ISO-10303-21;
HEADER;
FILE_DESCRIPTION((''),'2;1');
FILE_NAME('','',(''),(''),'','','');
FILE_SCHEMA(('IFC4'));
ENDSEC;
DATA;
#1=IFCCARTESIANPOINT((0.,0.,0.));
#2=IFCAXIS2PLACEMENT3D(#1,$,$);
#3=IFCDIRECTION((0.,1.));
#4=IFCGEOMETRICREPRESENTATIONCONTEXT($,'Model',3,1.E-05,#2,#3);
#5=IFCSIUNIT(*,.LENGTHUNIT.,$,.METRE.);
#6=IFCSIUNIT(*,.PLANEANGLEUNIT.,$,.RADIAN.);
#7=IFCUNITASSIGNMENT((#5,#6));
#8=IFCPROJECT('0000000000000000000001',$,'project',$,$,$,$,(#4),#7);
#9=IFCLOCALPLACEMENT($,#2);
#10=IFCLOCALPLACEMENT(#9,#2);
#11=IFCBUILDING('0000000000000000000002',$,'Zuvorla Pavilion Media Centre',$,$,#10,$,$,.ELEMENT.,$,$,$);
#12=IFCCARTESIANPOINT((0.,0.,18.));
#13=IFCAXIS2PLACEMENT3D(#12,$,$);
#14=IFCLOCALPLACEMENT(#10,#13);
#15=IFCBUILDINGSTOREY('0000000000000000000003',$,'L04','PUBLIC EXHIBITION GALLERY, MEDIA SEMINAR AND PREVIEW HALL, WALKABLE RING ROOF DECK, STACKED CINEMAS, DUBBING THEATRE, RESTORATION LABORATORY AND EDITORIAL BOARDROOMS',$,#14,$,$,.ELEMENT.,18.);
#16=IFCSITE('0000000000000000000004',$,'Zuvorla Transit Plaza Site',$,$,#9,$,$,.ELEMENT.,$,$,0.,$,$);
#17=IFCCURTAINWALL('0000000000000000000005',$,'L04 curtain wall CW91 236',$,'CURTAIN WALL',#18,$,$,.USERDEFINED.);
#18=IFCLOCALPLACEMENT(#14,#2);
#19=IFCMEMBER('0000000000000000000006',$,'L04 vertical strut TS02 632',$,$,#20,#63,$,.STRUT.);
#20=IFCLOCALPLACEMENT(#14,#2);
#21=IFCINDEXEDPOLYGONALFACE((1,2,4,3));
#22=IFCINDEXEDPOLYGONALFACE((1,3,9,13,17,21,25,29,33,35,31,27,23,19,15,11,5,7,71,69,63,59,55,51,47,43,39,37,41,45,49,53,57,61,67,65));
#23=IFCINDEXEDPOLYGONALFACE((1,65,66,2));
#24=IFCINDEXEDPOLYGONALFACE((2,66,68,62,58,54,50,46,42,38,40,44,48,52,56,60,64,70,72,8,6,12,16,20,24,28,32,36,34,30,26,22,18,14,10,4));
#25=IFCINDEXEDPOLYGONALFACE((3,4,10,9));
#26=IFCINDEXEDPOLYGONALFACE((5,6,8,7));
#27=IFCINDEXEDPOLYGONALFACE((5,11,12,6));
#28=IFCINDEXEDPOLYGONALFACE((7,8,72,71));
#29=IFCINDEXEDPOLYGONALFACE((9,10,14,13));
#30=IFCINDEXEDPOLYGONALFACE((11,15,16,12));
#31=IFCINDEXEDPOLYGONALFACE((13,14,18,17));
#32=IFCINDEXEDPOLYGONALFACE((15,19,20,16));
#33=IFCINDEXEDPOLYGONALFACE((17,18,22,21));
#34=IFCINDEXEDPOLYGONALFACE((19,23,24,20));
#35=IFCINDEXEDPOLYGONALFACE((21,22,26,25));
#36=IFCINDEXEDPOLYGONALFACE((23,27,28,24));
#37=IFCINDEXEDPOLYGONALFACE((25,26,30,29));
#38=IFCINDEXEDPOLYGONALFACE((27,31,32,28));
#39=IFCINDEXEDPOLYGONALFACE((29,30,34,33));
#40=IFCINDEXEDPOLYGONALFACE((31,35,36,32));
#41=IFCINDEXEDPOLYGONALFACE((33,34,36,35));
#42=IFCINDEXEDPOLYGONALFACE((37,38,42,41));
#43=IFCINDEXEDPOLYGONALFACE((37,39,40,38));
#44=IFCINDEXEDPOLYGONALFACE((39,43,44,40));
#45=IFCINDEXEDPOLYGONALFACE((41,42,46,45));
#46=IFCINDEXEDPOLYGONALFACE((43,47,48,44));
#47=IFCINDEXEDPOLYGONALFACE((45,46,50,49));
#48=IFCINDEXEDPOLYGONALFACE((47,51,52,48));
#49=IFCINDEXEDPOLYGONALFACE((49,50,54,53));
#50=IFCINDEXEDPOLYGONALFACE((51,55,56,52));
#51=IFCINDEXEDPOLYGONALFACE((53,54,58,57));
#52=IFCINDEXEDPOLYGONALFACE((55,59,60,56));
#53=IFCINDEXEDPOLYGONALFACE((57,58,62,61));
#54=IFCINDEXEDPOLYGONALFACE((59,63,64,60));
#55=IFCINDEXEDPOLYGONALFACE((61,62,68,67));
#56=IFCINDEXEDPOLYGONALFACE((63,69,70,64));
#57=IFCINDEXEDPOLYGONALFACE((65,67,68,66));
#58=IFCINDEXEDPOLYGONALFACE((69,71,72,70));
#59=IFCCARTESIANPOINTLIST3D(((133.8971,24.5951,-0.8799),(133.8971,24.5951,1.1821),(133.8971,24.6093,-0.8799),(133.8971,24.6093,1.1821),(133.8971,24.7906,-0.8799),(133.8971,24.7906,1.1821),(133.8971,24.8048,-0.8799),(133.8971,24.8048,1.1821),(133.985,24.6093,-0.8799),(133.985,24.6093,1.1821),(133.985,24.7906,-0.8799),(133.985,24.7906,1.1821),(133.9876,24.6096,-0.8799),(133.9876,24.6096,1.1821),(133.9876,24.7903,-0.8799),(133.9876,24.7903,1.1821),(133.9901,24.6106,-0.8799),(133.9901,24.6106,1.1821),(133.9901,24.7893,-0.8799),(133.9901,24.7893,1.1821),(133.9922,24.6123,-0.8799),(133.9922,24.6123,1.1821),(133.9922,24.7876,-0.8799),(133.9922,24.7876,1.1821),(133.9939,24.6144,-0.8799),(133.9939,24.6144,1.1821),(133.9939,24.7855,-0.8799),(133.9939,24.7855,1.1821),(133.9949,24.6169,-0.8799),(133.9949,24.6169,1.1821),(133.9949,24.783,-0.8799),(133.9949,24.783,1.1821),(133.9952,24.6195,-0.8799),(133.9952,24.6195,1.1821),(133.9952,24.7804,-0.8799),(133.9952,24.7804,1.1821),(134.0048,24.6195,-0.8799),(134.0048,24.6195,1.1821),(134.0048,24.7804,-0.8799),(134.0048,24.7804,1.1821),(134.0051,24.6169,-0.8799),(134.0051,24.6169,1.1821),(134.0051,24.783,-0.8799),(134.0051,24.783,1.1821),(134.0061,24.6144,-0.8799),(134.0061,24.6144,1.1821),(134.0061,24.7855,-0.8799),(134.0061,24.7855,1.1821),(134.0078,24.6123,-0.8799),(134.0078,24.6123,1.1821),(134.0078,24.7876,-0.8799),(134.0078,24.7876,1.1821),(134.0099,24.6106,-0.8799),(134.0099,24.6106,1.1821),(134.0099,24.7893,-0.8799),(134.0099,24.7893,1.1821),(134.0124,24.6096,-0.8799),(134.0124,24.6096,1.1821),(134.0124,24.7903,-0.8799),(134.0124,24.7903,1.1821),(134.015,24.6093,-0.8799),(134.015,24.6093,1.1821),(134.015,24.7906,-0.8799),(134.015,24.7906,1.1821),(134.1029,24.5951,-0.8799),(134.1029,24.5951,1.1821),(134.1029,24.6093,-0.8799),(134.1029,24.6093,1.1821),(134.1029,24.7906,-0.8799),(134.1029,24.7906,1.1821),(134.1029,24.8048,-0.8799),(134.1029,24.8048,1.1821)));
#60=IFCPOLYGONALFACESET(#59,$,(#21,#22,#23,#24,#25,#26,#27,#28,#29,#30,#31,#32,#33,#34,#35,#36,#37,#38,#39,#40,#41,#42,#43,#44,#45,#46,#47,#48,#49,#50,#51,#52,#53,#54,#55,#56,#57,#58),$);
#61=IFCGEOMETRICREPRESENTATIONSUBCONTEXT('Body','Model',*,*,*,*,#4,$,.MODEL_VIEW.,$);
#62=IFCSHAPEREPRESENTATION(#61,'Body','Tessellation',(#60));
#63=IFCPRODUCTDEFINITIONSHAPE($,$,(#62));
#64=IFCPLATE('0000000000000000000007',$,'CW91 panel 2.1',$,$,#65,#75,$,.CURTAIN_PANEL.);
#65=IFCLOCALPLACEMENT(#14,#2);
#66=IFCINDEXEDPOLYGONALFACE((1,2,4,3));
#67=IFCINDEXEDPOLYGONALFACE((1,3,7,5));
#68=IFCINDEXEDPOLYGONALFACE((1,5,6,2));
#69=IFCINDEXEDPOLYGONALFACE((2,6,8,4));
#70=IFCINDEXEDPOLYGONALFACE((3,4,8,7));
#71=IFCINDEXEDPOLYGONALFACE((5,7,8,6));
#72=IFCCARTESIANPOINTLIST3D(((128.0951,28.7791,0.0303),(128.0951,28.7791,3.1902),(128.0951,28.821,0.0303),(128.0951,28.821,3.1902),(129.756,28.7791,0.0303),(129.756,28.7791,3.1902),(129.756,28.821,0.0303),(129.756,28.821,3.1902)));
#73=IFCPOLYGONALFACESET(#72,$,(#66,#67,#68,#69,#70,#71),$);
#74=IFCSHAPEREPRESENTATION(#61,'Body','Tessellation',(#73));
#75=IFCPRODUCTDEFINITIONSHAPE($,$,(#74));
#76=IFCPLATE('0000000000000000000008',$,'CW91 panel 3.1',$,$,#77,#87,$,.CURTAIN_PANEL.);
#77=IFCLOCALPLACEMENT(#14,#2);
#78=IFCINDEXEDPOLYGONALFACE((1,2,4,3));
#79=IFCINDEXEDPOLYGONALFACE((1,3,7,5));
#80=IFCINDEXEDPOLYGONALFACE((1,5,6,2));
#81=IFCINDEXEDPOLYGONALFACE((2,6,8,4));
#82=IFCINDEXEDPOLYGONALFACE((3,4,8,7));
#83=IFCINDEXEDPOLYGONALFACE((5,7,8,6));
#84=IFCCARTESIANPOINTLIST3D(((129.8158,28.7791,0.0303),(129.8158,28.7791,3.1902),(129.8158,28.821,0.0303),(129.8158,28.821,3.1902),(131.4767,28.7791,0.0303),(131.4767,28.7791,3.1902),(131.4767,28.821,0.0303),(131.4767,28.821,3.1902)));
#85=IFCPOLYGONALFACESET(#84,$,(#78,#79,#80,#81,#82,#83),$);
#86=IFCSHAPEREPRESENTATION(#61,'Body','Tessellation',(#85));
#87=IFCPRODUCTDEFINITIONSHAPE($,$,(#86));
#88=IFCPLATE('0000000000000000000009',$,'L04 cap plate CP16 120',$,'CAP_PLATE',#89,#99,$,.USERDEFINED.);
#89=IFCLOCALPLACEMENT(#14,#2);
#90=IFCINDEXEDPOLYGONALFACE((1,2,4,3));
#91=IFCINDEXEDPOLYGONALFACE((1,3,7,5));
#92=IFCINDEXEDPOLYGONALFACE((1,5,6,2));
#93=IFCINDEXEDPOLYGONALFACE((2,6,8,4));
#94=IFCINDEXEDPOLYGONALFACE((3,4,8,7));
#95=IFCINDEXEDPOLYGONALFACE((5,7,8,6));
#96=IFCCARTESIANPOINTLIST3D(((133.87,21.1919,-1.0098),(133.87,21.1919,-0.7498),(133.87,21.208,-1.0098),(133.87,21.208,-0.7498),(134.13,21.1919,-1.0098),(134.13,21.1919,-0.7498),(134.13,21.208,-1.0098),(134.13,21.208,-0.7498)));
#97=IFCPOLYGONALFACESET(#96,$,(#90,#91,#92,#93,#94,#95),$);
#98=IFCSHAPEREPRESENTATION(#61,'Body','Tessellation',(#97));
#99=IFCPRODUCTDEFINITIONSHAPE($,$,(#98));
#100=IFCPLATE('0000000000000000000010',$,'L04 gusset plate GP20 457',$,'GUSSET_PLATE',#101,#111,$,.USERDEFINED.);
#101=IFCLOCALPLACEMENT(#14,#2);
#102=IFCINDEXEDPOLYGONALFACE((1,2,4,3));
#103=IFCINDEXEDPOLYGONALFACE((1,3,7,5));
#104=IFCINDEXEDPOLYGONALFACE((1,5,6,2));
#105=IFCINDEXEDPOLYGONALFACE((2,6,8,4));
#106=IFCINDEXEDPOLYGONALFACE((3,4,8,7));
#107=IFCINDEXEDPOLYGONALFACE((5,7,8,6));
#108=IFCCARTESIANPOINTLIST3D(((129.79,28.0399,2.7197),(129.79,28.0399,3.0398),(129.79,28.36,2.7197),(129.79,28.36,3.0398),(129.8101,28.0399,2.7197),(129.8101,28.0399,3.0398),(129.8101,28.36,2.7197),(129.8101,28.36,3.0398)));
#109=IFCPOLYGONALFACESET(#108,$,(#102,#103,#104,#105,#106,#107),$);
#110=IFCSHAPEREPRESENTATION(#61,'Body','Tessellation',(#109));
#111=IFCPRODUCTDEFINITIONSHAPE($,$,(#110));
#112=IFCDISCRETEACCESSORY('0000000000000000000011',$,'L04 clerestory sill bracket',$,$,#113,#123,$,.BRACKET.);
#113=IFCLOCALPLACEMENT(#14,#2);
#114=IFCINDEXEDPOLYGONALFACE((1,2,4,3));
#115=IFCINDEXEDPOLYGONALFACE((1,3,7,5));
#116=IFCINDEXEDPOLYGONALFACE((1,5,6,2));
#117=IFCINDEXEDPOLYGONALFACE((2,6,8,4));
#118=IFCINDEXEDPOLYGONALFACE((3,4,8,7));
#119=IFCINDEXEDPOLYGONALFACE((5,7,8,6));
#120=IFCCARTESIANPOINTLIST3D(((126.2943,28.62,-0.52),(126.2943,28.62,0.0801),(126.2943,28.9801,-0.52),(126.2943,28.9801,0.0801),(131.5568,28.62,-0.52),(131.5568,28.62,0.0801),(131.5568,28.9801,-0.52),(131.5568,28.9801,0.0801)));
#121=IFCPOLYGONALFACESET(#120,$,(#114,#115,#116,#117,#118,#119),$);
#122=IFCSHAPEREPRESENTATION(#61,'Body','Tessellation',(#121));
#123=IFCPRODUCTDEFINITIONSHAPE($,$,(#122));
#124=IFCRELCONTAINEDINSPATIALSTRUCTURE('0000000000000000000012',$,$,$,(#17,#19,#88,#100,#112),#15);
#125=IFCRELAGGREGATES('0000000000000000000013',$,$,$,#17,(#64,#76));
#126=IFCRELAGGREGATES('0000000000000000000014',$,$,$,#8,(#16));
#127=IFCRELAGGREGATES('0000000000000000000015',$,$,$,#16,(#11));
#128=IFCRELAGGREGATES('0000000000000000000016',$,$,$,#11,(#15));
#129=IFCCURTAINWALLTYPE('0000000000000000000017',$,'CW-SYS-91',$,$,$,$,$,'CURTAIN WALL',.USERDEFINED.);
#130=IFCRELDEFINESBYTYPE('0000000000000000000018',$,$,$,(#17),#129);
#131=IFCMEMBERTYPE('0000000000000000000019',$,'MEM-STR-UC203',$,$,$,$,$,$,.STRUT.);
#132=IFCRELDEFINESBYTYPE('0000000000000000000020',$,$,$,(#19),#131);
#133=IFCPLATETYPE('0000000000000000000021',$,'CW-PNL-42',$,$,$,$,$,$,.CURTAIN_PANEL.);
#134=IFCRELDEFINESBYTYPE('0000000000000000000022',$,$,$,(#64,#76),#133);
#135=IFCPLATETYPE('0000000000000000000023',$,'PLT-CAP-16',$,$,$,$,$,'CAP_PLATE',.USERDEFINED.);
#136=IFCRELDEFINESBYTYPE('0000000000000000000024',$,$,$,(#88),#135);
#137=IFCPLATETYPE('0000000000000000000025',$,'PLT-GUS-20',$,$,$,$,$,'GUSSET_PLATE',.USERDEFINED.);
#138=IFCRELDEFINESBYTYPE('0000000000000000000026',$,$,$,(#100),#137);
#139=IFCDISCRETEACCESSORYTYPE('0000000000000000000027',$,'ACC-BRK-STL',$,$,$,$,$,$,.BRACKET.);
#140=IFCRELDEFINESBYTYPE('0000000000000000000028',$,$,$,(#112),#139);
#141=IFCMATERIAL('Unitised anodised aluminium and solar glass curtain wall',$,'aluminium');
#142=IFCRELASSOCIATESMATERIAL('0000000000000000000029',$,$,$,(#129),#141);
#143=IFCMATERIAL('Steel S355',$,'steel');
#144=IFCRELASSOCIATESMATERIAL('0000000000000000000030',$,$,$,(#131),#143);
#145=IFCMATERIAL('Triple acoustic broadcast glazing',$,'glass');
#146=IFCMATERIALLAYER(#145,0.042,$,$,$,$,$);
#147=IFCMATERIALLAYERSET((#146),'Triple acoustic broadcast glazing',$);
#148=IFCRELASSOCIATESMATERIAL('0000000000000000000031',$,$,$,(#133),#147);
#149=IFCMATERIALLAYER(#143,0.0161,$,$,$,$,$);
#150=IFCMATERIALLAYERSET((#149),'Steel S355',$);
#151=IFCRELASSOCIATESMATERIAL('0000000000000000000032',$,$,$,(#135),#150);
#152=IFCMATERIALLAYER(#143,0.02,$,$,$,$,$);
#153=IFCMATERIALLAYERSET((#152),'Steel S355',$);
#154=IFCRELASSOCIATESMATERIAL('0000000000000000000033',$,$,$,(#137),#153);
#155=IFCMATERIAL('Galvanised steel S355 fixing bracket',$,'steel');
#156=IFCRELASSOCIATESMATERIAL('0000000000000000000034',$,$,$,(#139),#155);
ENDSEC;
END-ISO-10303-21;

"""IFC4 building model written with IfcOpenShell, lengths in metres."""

from ifc_helpers import new_model, si_unit, direction, frame, origin, origin_2d, place, context, subcontext, project, spatial, rectangle, i_section, extrude, material, layer, layer_set, material_profile, profile_set, type_object, element, aggregate, save


model = new_model("IFC4")

# Units and contexts
model_context = context("Model", 3, precision=1e-05, world=origin(), true_north=direction((0.0, 1.0)))
body_context = subcontext(model_context, "Body", "Model", "MODEL_VIEW")
ifc_project = project(units=[si_unit("LENGTHUNIT", "METRE"), si_unit("PLANEANGLEUNIT", "RADIAN")], contexts=[model_context])

# Site, building, storey
site_placement = place(None, origin())
site = spatial("IfcSite", under=ifc_project, at=site_placement, Name="Zuvorla Transit Plaza Site", CompositionType="ELEMENT", RefElevation=0.0)
building_placement = place(site_placement, origin())
building = spatial("IfcBuilding", under=site, at=building_placement, Name="Zuvorla Pavilion Media Centre", CompositionType="ELEMENT")
storey_placement = place(building_placement, frame((0.0, 0.0, 18.0)))
storey = spatial("IfcBuildingStorey", under=building, at=storey_placement, Name="L04", Description="PUBLIC EXHIBITION GALLERY, MEDIA SEMINAR AND PREVIEW HALL, WALKABLE RING ROOF DECK, STACKED CINEMAS, DUBBING THEATRE, RESTORATION LABORATORY AND EDITORIAL BOARDROOMS", CompositionType="ELEMENT", Elevation=18.0)

# Curtain wall
ifc_material_1 = material(Name="Unitised anodised aluminium and solar glass curtain wall", Category="aluminium")
curtain_wall_type_1 = type_object("IfcCurtainWallType", Name="CW-SYS-91", ElementType="CURTAIN WALL", PredefinedType="USERDEFINED", material=ifc_material_1)
curtain_wall_1_placement = place(storey_placement, origin())
curtain_wall_1 = element("IfcCurtainWall", 1, at=curtain_wall_1_placement, inside=storey, type_object=curtain_wall_type_1, Name="L04 curtain wall CW91 236", ObjectType="CURTAIN WALL", PredefinedType="USERDEFINED")

# Member
ifc_material_2 = material(Name="Steel S355", Category="steel")
ifc_material_profile_1 = material_profile(ifc_material_2, i_section(OverallWidth=0.2058, OverallDepth=0.2097, WebThickness=0.0095, FlangeThickness=0.0142, FilletRadius=0.0103, at=origin_2d()), Name="UC 203x203x60")
ifc_profile_set_1 = profile_set([ifc_material_profile_1], Name="Steel S355")
member_type_1 = type_object("IfcMemberType", Name="MEM-STR-UC203", PredefinedType="STRUT", material=ifc_profile_set_1)
member_1_placement = place(storey_placement, frame((134.0, 24.7, -0.8799), z_axis=(0.0, 0.0, 1.0), x_axis=(1.0, 0.0, 0.0)))
element("IfcMember", 2, at=member_1_placement, inside=storey, type_object=member_type_1, Name="L04 vertical strut TS02 632", PredefinedType="STRUT", context=body_context, shape_type="SweptSolid", body=[
    extrude(i_section(OverallWidth=0.2058, OverallDepth=0.2097, WebThickness=0.0095, FlangeThickness=0.0142, FilletRadius=0.0103, at=origin_2d()), origin(), (0.0, 0.0, 1.0), 2.062),
])

# Plates
ifc_material_3 = material(Name="Triple acoustic broadcast glazing", Category="glass")
ifc_layer_1 = layer(ifc_material_3, 0.042)
ifc_layer_set_1 = layer_set([ifc_layer_1], Name="Triple acoustic broadcast glazing")
plate_type_1 = type_object("IfcPlateType", Name="CW-PNL-42", PredefinedType="CURTAIN_PANEL", material=ifc_layer_set_1)
plate_1_placement = place(storey_placement, frame((128.9255, 28.8, 0.0303), z_axis=(0.0, 0.0, 1.0), x_axis=(1.0, 0.0, 0.0)))
plate_1 = element("IfcPlate", 3, at=plate_1_placement, type_object=plate_type_1, Name="CW91 panel 2.1", PredefinedType="CURTAIN_PANEL", context=body_context, shape_type="SweptSolid", body=[
    extrude(rectangle(XDim=1.6609, YDim=0.042, at=origin_2d()), origin(), (0.0, 0.0, 1.0), 3.1599),
])
plate_2_placement = place(storey_placement, frame((130.6462, 28.8, 0.0303), z_axis=(0.0, 0.0, 1.0), x_axis=(1.0, 0.0, 0.0)))
plate_2 = element("IfcPlate", 4, at=plate_2_placement, type_object=plate_type_1, Name="CW91 panel 3.1", PredefinedType="CURTAIN_PANEL", context=body_context, shape_type="SweptSolid", body=[
    extrude(rectangle(XDim=1.6609, YDim=0.042, at=origin_2d()), origin(), (0.0, 0.0, 1.0), 3.1599),
])
aggregate(curtain_wall_1, [plate_1, plate_2])

# Plates
ifc_layer_2 = layer(ifc_material_2, 0.0161)
ifc_layer_set_2 = layer_set([ifc_layer_2], Name="Steel S355")
plate_type_2 = type_object("IfcPlateType", Name="PLT-CAP-16", ElementType="CAP_PLATE", PredefinedType="USERDEFINED", material=ifc_layer_set_2)
plate_3_placement = place(storey_placement, frame((134.0, 21.2, -1.0098), z_axis=(0.0, 0.0, 1.0), x_axis=(1.0, 0.0, 0.0)))
element("IfcPlate", 5, at=plate_3_placement, inside=storey, type_object=plate_type_2, Name="L04 cap plate CP16 120", ObjectType="CAP_PLATE", PredefinedType="USERDEFINED", context=body_context, shape_type="SweptSolid", body=[
    extrude(rectangle(XDim=0.26, YDim=0.0161, at=origin_2d()), origin(), (0.0, 0.0, 1.0), 0.26),
])
ifc_layer_3 = layer(ifc_material_2, 0.02)
ifc_layer_set_3 = layer_set([ifc_layer_3], Name="Steel S355")
plate_type_3 = type_object("IfcPlateType", Name="PLT-GUS-20", ElementType="GUSSET_PLATE", PredefinedType="USERDEFINED", material=ifc_layer_set_3)
plate_4_placement = place(storey_placement, frame((129.8, 28.2, 2.7197), z_axis=(0.0, 0.0, 1.0), x_axis=(1.0, 0.0, 0.0)))
element("IfcPlate", 6, at=plate_4_placement, inside=storey, type_object=plate_type_3, Name="L04 gusset plate GP20 457", ObjectType="GUSSET_PLATE", PredefinedType="USERDEFINED", context=body_context, shape_type="SweptSolid", body=[
    extrude(rectangle(XDim=0.02, YDim=0.3201, at=origin_2d()), origin(), (0.0, 0.0, 1.0), 0.3201),
])

# Discrete accessory
ifc_material_4 = material(Name="Galvanised steel S355 fixing bracket", Category="steel")
discrete_accessory_type = type_object("IfcDiscreteAccessoryType", Name="ACC-BRK-STL", PredefinedType="BRACKET", material=ifc_material_4)
discrete_accessory_placement = place(storey_placement, frame((128.9255, 28.8, -0.52), z_axis=(0.0, 0.0, 1.0), x_axis=(1.0, 0.0, 0.0)))
element("IfcDiscreteAccessory", 7, at=discrete_accessory_placement, inside=storey, type_object=discrete_accessory_type, Name="L04 clerestory sill bracket", PredefinedType="BRACKET", context=body_context, shape_type="SweptSolid", body=[
    extrude(rectangle(XDim=5.2625, YDim=0.3601, at=origin_2d()), origin(), (0.0, 0.0, 1.0), 0.6001),
])

save(model, "model.ifc")
